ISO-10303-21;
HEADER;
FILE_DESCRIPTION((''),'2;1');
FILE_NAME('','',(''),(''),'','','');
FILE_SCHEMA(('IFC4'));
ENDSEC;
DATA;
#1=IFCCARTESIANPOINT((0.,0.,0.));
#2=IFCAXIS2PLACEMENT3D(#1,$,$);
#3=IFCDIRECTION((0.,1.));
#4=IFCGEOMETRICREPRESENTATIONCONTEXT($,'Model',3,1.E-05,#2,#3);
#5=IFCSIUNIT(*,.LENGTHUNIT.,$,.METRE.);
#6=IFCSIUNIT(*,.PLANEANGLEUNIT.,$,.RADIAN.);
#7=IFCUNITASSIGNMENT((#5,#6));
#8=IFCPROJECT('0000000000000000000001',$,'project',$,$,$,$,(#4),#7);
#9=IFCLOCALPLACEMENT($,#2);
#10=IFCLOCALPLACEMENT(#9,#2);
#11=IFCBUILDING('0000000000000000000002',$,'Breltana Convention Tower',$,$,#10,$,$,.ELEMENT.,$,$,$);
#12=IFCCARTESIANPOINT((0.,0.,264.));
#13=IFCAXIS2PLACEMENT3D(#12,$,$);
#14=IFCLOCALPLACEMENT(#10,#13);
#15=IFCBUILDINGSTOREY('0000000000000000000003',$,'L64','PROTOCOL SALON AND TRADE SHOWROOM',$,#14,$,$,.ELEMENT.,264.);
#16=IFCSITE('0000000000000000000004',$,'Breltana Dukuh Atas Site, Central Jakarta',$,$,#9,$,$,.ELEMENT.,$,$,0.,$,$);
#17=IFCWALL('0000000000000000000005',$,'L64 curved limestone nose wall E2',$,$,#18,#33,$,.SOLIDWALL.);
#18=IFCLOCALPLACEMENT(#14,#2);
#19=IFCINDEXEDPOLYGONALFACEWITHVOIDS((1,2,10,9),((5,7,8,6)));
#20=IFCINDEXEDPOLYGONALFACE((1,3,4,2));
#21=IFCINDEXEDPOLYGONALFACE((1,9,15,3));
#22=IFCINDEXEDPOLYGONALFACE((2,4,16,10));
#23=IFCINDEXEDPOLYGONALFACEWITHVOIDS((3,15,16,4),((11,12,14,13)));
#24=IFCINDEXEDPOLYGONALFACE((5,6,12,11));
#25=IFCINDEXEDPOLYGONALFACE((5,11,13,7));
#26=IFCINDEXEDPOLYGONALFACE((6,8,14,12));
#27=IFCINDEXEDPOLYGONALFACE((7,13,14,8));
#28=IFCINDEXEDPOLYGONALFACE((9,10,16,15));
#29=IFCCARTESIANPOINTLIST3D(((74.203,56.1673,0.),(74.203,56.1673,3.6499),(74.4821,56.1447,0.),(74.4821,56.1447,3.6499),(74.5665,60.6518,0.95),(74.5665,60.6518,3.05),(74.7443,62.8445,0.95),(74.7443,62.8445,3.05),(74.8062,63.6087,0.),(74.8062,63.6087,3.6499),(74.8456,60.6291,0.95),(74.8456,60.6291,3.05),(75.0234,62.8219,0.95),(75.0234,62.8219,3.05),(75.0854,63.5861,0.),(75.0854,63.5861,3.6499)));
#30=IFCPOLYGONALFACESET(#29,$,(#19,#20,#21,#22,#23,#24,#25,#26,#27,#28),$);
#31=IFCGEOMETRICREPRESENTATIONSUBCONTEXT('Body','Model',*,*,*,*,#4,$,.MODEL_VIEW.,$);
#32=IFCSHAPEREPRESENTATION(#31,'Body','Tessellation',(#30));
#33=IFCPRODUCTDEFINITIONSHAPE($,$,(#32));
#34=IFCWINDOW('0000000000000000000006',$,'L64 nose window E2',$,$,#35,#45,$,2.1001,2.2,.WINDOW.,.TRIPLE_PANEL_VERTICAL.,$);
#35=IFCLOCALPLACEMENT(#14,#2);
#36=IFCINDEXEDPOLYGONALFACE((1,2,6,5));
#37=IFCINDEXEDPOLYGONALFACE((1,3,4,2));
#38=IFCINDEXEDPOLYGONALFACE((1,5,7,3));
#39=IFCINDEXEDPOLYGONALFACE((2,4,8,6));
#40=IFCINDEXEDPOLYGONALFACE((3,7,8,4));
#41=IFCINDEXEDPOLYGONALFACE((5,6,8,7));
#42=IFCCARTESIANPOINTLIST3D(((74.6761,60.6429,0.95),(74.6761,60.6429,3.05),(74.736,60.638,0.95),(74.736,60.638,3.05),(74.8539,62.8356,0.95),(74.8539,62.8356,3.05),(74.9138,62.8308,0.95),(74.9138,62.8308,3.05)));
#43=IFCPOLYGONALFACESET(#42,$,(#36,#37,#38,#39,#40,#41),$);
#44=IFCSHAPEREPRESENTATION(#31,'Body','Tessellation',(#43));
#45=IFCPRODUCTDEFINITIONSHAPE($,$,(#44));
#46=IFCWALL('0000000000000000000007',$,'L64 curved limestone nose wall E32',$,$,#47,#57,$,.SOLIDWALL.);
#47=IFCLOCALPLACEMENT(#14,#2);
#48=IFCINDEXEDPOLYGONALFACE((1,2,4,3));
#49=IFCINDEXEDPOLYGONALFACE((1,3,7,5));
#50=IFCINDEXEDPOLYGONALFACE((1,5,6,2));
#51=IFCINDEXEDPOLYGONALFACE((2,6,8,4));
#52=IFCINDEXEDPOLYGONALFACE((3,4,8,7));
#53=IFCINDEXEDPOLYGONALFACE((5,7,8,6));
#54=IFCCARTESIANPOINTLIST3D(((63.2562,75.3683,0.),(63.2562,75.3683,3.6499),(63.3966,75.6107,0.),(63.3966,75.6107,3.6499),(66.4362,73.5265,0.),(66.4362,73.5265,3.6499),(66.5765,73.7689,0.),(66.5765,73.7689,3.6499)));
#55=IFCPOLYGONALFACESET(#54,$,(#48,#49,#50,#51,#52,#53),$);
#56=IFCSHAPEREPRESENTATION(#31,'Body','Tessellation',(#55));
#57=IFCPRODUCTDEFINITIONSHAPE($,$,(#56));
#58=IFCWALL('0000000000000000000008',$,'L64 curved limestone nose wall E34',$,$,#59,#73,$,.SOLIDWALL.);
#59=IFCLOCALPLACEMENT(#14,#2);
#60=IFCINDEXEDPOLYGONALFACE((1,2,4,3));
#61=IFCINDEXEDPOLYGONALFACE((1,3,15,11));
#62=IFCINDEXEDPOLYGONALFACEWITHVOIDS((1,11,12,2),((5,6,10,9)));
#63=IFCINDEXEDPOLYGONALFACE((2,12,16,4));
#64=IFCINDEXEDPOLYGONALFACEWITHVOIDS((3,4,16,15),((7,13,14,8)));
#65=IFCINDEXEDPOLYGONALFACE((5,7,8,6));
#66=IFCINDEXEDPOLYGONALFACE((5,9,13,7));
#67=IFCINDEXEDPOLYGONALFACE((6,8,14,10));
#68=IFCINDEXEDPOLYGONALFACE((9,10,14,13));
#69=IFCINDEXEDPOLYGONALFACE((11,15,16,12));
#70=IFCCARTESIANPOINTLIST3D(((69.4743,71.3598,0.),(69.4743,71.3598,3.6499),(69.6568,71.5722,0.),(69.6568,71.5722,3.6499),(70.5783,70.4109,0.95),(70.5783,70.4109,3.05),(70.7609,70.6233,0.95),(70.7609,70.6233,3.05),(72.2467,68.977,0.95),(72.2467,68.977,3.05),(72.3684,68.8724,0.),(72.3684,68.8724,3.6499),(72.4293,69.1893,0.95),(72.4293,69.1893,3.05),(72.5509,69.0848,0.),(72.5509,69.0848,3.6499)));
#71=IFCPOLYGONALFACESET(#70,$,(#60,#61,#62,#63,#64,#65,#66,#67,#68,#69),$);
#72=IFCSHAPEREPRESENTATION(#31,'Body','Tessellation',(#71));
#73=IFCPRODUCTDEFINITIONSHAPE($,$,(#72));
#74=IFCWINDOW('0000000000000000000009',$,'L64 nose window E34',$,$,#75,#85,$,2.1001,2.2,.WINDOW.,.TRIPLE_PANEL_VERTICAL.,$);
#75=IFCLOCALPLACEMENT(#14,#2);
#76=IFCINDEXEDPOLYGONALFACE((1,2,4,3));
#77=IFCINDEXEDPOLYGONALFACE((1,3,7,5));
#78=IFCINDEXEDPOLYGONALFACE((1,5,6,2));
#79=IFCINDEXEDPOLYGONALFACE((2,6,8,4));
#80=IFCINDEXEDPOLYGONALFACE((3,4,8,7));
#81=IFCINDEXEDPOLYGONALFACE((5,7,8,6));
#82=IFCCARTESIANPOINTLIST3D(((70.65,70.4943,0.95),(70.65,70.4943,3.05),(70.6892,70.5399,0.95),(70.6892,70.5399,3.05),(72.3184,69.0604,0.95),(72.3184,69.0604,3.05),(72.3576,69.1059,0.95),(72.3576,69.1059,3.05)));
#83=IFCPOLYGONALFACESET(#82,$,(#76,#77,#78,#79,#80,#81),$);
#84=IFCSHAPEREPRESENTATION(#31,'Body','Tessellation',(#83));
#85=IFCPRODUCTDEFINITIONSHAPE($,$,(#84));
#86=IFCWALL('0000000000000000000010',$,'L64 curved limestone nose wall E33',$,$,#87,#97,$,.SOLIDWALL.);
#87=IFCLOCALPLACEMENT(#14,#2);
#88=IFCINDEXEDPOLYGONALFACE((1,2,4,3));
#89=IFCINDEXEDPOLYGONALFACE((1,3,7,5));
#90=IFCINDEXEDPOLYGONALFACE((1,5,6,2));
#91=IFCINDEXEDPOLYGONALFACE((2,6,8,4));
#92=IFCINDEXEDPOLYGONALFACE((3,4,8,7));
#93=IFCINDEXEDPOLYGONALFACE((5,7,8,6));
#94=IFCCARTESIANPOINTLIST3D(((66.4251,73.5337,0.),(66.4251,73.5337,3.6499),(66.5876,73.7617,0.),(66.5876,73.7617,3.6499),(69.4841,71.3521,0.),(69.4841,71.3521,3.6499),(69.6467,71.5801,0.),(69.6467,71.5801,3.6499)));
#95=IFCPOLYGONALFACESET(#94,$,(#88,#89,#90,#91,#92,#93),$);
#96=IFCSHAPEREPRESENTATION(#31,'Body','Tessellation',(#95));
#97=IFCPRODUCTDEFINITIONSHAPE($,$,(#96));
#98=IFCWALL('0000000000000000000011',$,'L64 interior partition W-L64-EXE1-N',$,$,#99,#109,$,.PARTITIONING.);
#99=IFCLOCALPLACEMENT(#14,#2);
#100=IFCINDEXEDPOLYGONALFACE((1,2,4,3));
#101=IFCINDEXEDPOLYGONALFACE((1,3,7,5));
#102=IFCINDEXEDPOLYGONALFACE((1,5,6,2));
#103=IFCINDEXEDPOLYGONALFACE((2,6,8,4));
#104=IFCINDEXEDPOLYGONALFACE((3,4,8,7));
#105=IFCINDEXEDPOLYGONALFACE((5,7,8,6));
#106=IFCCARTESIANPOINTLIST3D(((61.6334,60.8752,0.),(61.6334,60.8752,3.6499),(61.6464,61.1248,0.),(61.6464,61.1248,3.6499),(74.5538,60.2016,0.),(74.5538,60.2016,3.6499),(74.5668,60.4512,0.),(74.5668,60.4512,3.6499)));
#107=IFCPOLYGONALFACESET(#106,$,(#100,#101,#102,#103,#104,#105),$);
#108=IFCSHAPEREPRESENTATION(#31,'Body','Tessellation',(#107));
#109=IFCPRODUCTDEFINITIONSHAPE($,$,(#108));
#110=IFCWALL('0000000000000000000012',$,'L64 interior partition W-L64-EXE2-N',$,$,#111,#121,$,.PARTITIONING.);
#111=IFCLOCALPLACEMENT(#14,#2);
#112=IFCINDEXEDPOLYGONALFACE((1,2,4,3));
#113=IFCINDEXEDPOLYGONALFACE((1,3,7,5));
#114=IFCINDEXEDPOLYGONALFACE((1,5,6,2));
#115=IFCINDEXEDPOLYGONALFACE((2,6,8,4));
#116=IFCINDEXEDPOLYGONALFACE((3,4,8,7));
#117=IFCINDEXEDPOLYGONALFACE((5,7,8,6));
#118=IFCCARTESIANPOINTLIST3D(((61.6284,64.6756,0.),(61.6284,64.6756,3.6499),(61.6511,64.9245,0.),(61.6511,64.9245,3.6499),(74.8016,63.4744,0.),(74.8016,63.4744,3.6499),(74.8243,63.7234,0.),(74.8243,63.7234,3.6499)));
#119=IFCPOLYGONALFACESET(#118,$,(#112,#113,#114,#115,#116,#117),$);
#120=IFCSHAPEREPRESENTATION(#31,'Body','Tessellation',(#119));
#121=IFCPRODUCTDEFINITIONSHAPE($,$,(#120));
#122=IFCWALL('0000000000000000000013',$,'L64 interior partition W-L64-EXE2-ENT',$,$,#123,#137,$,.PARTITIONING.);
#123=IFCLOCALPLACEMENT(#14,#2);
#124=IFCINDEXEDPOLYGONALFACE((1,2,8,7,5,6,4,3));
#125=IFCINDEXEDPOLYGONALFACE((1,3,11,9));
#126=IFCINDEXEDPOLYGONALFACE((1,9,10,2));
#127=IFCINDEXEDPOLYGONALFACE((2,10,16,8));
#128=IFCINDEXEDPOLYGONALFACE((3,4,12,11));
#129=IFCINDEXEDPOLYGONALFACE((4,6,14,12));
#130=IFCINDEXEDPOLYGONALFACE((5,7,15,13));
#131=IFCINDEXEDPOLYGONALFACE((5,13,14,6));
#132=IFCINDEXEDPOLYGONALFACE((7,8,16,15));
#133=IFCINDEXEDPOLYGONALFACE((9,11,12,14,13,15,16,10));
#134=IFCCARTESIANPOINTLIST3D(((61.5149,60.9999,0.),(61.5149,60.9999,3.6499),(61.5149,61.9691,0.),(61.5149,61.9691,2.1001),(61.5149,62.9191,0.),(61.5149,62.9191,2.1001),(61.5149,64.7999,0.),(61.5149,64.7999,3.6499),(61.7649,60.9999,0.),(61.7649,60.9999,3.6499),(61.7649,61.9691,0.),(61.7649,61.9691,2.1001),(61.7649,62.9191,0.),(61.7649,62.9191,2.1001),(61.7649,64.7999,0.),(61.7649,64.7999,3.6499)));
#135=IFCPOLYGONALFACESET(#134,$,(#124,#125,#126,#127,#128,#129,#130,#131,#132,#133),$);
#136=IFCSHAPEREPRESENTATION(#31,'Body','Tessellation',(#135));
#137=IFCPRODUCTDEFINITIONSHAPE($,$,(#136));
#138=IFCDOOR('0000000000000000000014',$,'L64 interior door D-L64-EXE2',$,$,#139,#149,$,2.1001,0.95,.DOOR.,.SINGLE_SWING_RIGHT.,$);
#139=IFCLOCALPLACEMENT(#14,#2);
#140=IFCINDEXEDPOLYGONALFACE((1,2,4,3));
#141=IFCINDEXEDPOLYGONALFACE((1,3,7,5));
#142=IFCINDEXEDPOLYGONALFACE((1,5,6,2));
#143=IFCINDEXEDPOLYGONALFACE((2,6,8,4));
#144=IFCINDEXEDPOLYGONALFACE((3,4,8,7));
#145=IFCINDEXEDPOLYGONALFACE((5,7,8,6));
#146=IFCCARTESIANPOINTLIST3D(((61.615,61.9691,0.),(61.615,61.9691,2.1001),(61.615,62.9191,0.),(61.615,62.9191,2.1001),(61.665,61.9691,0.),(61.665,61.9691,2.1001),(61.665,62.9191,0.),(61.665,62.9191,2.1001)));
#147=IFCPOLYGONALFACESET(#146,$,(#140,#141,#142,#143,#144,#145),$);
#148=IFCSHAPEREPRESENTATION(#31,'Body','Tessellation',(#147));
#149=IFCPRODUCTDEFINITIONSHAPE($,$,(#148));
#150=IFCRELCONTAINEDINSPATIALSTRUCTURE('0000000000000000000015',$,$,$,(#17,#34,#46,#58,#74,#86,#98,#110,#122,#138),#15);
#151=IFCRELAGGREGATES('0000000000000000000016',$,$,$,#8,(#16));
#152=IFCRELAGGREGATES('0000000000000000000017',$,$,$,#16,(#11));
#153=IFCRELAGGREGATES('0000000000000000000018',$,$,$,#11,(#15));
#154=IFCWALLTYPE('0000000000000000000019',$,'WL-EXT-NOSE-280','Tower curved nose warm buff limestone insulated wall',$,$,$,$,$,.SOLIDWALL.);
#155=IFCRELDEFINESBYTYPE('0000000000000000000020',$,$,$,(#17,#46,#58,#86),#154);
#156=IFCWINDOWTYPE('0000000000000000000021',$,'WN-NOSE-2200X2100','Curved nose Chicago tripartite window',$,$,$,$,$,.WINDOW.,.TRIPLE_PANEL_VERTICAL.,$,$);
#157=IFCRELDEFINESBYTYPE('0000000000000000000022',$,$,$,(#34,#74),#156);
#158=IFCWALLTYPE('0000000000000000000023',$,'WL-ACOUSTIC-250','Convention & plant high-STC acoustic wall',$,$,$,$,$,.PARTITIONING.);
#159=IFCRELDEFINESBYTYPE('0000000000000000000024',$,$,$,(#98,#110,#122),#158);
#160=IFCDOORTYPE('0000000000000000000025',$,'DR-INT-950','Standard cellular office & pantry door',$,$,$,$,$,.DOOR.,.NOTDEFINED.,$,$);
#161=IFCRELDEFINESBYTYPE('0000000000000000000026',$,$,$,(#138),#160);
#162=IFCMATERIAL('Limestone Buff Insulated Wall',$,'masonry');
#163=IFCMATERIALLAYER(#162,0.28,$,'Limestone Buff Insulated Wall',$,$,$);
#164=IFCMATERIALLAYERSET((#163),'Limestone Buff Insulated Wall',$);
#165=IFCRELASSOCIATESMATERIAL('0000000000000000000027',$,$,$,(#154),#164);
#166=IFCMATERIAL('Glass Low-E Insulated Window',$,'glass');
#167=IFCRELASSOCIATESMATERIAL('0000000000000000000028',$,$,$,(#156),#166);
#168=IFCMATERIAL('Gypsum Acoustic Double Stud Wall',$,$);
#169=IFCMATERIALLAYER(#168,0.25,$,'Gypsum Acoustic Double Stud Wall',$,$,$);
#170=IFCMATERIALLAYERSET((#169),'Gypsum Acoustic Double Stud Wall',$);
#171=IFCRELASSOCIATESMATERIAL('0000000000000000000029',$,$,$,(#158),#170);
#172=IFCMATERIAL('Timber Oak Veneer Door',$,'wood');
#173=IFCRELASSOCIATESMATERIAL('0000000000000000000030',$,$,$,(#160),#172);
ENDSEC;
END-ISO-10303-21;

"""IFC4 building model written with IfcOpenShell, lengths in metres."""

from ifc_helpers import new_model, si_unit, direction, frame, frame_2d, origin, place, context, subcontext, project, spatial, rectangle, extrude, source, transform, mapped, material, layer, layer_set, type_object, type_shapes, element, fill, save


model = new_model("IFC4")

# Units and contexts
model_context = context("Model", 3, precision=1e-05, world=origin(), true_north=direction((0.0, 1.0)))
body_context = subcontext(model_context, "Body", "Model", "MODEL_VIEW")
ifc_project = project(units=[si_unit("LENGTHUNIT", "METRE"), si_unit("PLANEANGLEUNIT", "RADIAN")], contexts=[model_context])

# Site, building, storey
site_placement = place(None, origin())
site = spatial("IfcSite", under=ifc_project, at=site_placement, Name="Breltana Dukuh Atas Site, Central Jakarta", CompositionType="ELEMENT", RefElevation=0.0)
building_placement = place(site_placement, origin())
building = spatial("IfcBuilding", under=site, at=building_placement, Name="Breltana Convention Tower", CompositionType="ELEMENT")
storey_placement = place(building_placement, frame((0.0, 0.0, 264.0)))
storey = spatial("IfcBuildingStorey", under=building, at=storey_placement, Name="L64", Description="PROTOCOL SALON AND TRADE SHOWROOM", CompositionType="ELEMENT", Elevation=264.0)

# Wall, opening, window
ifc_material_1 = material(Name="Limestone Buff Insulated Wall", Category="masonry")
ifc_layer_1 = layer(ifc_material_1, 0.28, Name="Limestone Buff Insulated Wall")
ifc_layer_set_1 = layer_set([ifc_layer_1], Name="Limestone Buff Insulated Wall")
wall_type_1 = type_object("IfcWallType", Name="WL-EXT-NOSE-280", Description="Tower curved nose warm buff limestone insulated wall", PredefinedType="SOLIDWALL", material=ifc_layer_set_1)
ifc_material_2 = material(Name="Glass Low-E Insulated Window", Category="glass")
window_type = type_object("IfcWindowType", Name="WN-NOSE-2200X2100", Description="Curved nose Chicago tripartite window", PartitioningType="TRIPLE_PANEL_VERTICAL", PredefinedType="WINDOW", material=ifc_material_2)
shared_shape_1 = source(origin(), body_context, "Body", "SweptSolid", [
    extrude(rectangle(XDim=2.2, YDim=2.1001, at=frame_2d((1.1001, 1.05))), frame((0.0, 0.03, 0.0), z_axis=(0.0, -1.0, 0.0), x_axis=(1.0, 0.0, 0.0)), (0.0, 0.0, 1.0), 0.0601),
])
type_shapes(window_type, [shared_shape_1])
shared_shape_2 = source(origin(), body_context, "Body", "SweptSolid", [
    extrude(rectangle(XDim=7.4658, YDim=0.28, at=frame_2d((3.7329, 0.0))), origin(), (0.0, 0.0, 1.0), 3.6499),
])
wall_1_placement = place(storey_placement, frame((74.9458, 63.5974, 0.0), z_axis=(0.0, 0.0, 1.0), x_axis=(-0.080804, -0.99673, 0.0)))
wall_1 = element("IfcWall", 1, at=wall_1_placement, inside=storey, type_object=wall_type_1, Name="L64 curved limestone nose wall E2", PredefinedType="SOLIDWALL", context=body_context, shape_type="MappedRepresentation", body=[
    mapped(shared_shape_2, transform((0.0, 0.0, 0.0), scale=1.0)),
])
opening_1_placement = place(wall_1_placement, frame((0.7666, 0.0, 0.95)))
opening_1 = element("IfcOpeningElement", 2, at=opening_1_placement, cuts=wall_1, PredefinedType="OPENING", context=body_context, shape_type="SweptSolid", body=[
    extrude(rectangle(XDim=2.2, YDim=2.1001, at=frame_2d((1.1001, 1.05))), frame((0.0, 0.1499, 0.0), z_axis=(0.0, -1.0, 0.0), x_axis=(1.0, 0.0, 0.0)), (0.0, 0.0, 1.0), 0.3),
])
window_1_placement = place(opening_1_placement, origin())
window_1 = element("IfcWindow", 3, at=window_1_placement, inside=storey, type_object=window_type, Name="L64 nose window E2", OverallHeight=2.1001, OverallWidth=2.2, PartitioningType="TRIPLE_PANEL_VERTICAL", PredefinedType="WINDOW", context=body_context, shape_type="MappedRepresentation", body=[
    mapped(shared_shape_1, transform((0.0, 0.0, 0.0), scale=1.0)),
])
fill(opening_1, window_1)

# Wall
shared_shape_3 = source(origin(), body_context, "Body", "SweptSolid", [
    extrude(rectangle(XDim=3.6748, YDim=0.28, at=frame_2d((1.8374, 0.0))), origin(), (0.0, 0.0, 1.0), 3.6499),
])
wall_2_placement = place(storey_placement, frame((63.3264, 75.4895, 0.0), z_axis=(0.0, 0.0, 1.0), x_axis=(0.865334, -0.501196, 0.0)))
element("IfcWall", 4, at=wall_2_placement, inside=storey, type_object=wall_type_1, Name="L64 curved limestone nose wall E32", PredefinedType="SOLIDWALL", context=body_context, shape_type="MappedRepresentation", body=[
    mapped(shared_shape_3, transform((0.0, 0.0, 0.0), scale=1.0)),
])

# Wall, opening, window
shared_shape_4 = source(origin(), body_context, "Body", "SweptSolid", [
    extrude(rectangle(XDim=3.8162, YDim=0.28, at=frame_2d((1.9082, 0.0))), origin(), (0.0, 0.0, 1.0), 3.6499),
])
wall_3_placement = place(storey_placement, frame((69.5654, 71.4661, 0.0), z_axis=(0.0, 0.0, 1.0), x_axis=(0.758389, -0.651802, 0.0)))
wall_3 = element("IfcWall", 5, at=wall_3_placement, inside=storey, type_object=wall_type_1, Name="L64 curved limestone nose wall E34", PredefinedType="SOLIDWALL", context=body_context, shape_type="MappedRepresentation", body=[
    mapped(shared_shape_4, transform((0.0, 0.0, 0.0), scale=1.0)),
])
opening_2_placement = place(wall_3_placement, frame((1.4558, 0.0, 0.95)))
opening_2 = element("IfcOpeningElement", 6, at=opening_2_placement, cuts=wall_3, PredefinedType="OPENING", context=body_context, shape_type="SweptSolid", body=[
    extrude(rectangle(XDim=2.2, YDim=2.1001, at=frame_2d((1.1001, 1.05))), frame((0.0, 0.1499, 0.0), z_axis=(0.0, -1.0, 0.0), x_axis=(1.0, 0.0, 0.0)), (0.0, 0.0, 1.0), 0.3),
])
window_2_placement = place(opening_2_placement, origin())
window_2 = element("IfcWindow", 7, at=window_2_placement, inside=storey, type_object=window_type, Name="L64 nose window E34", OverallHeight=2.1001, OverallWidth=2.2, PartitioningType="TRIPLE_PANEL_VERTICAL", PredefinedType="WINDOW", context=body_context, shape_type="MappedRepresentation", body=[
    mapped(shared_shape_1, transform((0.0, 0.0, 0.0), scale=1.0)),
])
fill(opening_2, window_2)

# Walls
shared_shape_5 = source(origin(), body_context, "Body", "SweptSolid", [
    extrude(rectangle(XDim=3.7573, YDim=0.28, at=frame_2d((1.8787, 0.0))), origin(), (0.0, 0.0, 1.0), 3.6499),
])
wall_4_placement = place(storey_placement, frame((66.5063, 73.6477, 0.0), z_axis=(0.0, 0.0, 1.0), x_axis=(0.814164, -0.580636, 0.0)))
element("IfcWall", 8, at=wall_4_placement, inside=storey, type_object=wall_type_1, Name="L64 curved limestone nose wall E33", PredefinedType="SOLIDWALL", context=body_context, shape_type="MappedRepresentation", body=[
    mapped(shared_shape_5, transform((0.0, 0.0, 0.0), scale=1.0)),
])
ifc_material_3 = material(Name="Gypsum Acoustic Double Stud Wall")
ifc_layer_2 = layer(ifc_material_3, 0.25, Name="Gypsum Acoustic Double Stud Wall")
ifc_layer_set_2 = layer_set([ifc_layer_2], Name="Gypsum Acoustic Double Stud Wall")
wall_type_2 = type_object("IfcWallType", Name="WL-ACOUSTIC-250", Description="Convention & plant high-STC acoustic wall", PredefinedType="PARTITIONING", material=ifc_layer_set_2)
shared_shape_6 = source(origin(), body_context, "Body", "SweptSolid", [
    extrude(rectangle(XDim=12.938, YDim=0.25, at=frame_2d((6.469, 0.0))), origin(), (0.0, 0.0, 1.0), 3.6499),
])
wall_5_placement = place(storey_placement, frame((61.6399, 61.0, 0.0), z_axis=(0.0, 0.0, 1.0), x_axis=(0.998644, -0.052063, 0.0)))
element("IfcWall", 9, at=wall_5_placement, inside=storey, type_object=wall_type_2, Name="L64 interior partition W-L64-EXE1-N", PredefinedType="PARTITIONING", context=body_context, shape_type="MappedRepresentation", body=[
    mapped(shared_shape_6, transform((0.0, 0.0, 0.0), scale=1.0)),
])
shared_shape_7 = source(origin(), body_context, "Body", "SweptSolid", [
    extrude(rectangle(XDim=13.2278, YDim=0.25, at=frame_2d((6.6138, 0.0))), origin(), (0.0, 0.0, 1.0), 3.6499),
])
wall_6_placement = place(storey_placement, frame((61.6399, 64.8, 0.0), z_axis=(0.0, 0.0, 1.0), x_axis=(0.995869, -0.090807, 0.0)))
element("IfcWall", 10, at=wall_6_placement, inside=storey, type_object=wall_type_2, Name="L64 interior partition W-L64-EXE2-N", PredefinedType="PARTITIONING", context=body_context, shape_type="MappedRepresentation", body=[
    mapped(shared_shape_7, transform((0.0, 0.0, 0.0), scale=1.0)),
])

# Wall, opening, door
shared_shape_8 = source(origin(), body_context, "Body", "SweptSolid", [
    extrude(rectangle(XDim=3.8, YDim=0.25, at=frame_2d((1.8999, 0.0))), origin(), (0.0, 0.0, 1.0), 3.6499),
])
wall_7_placement = place(storey_placement, frame((61.6399, 61.0, 0.0), z_axis=(0.0, 0.0, 1.0), x_axis=(0.0, 1.0, 0.0)))
wall_7 = element("IfcWall", 11, at=wall_7_placement, inside=storey, type_object=wall_type_2, Name="L64 interior partition W-L64-EXE2-ENT", PredefinedType="PARTITIONING", context=body_context, shape_type="MappedRepresentation", body=[
    mapped(shared_shape_8, transform((0.0, 0.0, 0.0), scale=1.0)),
])
opening_3_placement = place(wall_7_placement, frame((0.969, 0.0, 0.0)))
opening_3 = element("IfcOpeningElement", 12, at=opening_3_placement, cuts=wall_7, PredefinedType="OPENING", context=body_context, shape_type="SweptSolid", body=[
    extrude(rectangle(XDim=0.95, YDim=2.1001, at=frame_2d((0.4751, 1.05))), frame((0.0, 0.135, 0.0), z_axis=(0.0, -1.0, 0.0), x_axis=(1.0, 0.0, 0.0)), (0.0, 0.0, 1.0), 0.27),
])
ifc_material_4 = material(Name="Timber Oak Veneer Door", Category="wood")
door_type = type_object("IfcDoorType", Name="DR-INT-950", Description="Standard cellular office & pantry door", OperationType="NOTDEFINED", PredefinedType="DOOR", material=ifc_material_4)
shared_shape_9 = source(origin(), body_context, "Body", "SweptSolid", [
    extrude(rectangle(XDim=0.95, YDim=2.1001, at=frame_2d((0.4751, 1.05))), frame((0.0, 0.0249, 0.0), z_axis=(0.0, -1.0, 0.0), x_axis=(1.0, 0.0, 0.0)), (0.0, 0.0, 1.0), 0.05),
])
type_shapes(door_type, [shared_shape_9])
door_1_placement = place(opening_3_placement, origin())
door_1 = element("IfcDoor", 13, at=door_1_placement, inside=storey, type_object=door_type, Name="L64 interior door D-L64-EXE2", OperationType="SINGLE_SWING_RIGHT", OverallHeight=2.1001, OverallWidth=0.95, PredefinedType="DOOR", context=body_context, shape_type="MappedRepresentation", body=[
    mapped(shared_shape_9, transform((0.0, 0.0, 0.0), scale=1.0)),
])
fill(opening_3, door_1)

save(model, "model.ifc")
